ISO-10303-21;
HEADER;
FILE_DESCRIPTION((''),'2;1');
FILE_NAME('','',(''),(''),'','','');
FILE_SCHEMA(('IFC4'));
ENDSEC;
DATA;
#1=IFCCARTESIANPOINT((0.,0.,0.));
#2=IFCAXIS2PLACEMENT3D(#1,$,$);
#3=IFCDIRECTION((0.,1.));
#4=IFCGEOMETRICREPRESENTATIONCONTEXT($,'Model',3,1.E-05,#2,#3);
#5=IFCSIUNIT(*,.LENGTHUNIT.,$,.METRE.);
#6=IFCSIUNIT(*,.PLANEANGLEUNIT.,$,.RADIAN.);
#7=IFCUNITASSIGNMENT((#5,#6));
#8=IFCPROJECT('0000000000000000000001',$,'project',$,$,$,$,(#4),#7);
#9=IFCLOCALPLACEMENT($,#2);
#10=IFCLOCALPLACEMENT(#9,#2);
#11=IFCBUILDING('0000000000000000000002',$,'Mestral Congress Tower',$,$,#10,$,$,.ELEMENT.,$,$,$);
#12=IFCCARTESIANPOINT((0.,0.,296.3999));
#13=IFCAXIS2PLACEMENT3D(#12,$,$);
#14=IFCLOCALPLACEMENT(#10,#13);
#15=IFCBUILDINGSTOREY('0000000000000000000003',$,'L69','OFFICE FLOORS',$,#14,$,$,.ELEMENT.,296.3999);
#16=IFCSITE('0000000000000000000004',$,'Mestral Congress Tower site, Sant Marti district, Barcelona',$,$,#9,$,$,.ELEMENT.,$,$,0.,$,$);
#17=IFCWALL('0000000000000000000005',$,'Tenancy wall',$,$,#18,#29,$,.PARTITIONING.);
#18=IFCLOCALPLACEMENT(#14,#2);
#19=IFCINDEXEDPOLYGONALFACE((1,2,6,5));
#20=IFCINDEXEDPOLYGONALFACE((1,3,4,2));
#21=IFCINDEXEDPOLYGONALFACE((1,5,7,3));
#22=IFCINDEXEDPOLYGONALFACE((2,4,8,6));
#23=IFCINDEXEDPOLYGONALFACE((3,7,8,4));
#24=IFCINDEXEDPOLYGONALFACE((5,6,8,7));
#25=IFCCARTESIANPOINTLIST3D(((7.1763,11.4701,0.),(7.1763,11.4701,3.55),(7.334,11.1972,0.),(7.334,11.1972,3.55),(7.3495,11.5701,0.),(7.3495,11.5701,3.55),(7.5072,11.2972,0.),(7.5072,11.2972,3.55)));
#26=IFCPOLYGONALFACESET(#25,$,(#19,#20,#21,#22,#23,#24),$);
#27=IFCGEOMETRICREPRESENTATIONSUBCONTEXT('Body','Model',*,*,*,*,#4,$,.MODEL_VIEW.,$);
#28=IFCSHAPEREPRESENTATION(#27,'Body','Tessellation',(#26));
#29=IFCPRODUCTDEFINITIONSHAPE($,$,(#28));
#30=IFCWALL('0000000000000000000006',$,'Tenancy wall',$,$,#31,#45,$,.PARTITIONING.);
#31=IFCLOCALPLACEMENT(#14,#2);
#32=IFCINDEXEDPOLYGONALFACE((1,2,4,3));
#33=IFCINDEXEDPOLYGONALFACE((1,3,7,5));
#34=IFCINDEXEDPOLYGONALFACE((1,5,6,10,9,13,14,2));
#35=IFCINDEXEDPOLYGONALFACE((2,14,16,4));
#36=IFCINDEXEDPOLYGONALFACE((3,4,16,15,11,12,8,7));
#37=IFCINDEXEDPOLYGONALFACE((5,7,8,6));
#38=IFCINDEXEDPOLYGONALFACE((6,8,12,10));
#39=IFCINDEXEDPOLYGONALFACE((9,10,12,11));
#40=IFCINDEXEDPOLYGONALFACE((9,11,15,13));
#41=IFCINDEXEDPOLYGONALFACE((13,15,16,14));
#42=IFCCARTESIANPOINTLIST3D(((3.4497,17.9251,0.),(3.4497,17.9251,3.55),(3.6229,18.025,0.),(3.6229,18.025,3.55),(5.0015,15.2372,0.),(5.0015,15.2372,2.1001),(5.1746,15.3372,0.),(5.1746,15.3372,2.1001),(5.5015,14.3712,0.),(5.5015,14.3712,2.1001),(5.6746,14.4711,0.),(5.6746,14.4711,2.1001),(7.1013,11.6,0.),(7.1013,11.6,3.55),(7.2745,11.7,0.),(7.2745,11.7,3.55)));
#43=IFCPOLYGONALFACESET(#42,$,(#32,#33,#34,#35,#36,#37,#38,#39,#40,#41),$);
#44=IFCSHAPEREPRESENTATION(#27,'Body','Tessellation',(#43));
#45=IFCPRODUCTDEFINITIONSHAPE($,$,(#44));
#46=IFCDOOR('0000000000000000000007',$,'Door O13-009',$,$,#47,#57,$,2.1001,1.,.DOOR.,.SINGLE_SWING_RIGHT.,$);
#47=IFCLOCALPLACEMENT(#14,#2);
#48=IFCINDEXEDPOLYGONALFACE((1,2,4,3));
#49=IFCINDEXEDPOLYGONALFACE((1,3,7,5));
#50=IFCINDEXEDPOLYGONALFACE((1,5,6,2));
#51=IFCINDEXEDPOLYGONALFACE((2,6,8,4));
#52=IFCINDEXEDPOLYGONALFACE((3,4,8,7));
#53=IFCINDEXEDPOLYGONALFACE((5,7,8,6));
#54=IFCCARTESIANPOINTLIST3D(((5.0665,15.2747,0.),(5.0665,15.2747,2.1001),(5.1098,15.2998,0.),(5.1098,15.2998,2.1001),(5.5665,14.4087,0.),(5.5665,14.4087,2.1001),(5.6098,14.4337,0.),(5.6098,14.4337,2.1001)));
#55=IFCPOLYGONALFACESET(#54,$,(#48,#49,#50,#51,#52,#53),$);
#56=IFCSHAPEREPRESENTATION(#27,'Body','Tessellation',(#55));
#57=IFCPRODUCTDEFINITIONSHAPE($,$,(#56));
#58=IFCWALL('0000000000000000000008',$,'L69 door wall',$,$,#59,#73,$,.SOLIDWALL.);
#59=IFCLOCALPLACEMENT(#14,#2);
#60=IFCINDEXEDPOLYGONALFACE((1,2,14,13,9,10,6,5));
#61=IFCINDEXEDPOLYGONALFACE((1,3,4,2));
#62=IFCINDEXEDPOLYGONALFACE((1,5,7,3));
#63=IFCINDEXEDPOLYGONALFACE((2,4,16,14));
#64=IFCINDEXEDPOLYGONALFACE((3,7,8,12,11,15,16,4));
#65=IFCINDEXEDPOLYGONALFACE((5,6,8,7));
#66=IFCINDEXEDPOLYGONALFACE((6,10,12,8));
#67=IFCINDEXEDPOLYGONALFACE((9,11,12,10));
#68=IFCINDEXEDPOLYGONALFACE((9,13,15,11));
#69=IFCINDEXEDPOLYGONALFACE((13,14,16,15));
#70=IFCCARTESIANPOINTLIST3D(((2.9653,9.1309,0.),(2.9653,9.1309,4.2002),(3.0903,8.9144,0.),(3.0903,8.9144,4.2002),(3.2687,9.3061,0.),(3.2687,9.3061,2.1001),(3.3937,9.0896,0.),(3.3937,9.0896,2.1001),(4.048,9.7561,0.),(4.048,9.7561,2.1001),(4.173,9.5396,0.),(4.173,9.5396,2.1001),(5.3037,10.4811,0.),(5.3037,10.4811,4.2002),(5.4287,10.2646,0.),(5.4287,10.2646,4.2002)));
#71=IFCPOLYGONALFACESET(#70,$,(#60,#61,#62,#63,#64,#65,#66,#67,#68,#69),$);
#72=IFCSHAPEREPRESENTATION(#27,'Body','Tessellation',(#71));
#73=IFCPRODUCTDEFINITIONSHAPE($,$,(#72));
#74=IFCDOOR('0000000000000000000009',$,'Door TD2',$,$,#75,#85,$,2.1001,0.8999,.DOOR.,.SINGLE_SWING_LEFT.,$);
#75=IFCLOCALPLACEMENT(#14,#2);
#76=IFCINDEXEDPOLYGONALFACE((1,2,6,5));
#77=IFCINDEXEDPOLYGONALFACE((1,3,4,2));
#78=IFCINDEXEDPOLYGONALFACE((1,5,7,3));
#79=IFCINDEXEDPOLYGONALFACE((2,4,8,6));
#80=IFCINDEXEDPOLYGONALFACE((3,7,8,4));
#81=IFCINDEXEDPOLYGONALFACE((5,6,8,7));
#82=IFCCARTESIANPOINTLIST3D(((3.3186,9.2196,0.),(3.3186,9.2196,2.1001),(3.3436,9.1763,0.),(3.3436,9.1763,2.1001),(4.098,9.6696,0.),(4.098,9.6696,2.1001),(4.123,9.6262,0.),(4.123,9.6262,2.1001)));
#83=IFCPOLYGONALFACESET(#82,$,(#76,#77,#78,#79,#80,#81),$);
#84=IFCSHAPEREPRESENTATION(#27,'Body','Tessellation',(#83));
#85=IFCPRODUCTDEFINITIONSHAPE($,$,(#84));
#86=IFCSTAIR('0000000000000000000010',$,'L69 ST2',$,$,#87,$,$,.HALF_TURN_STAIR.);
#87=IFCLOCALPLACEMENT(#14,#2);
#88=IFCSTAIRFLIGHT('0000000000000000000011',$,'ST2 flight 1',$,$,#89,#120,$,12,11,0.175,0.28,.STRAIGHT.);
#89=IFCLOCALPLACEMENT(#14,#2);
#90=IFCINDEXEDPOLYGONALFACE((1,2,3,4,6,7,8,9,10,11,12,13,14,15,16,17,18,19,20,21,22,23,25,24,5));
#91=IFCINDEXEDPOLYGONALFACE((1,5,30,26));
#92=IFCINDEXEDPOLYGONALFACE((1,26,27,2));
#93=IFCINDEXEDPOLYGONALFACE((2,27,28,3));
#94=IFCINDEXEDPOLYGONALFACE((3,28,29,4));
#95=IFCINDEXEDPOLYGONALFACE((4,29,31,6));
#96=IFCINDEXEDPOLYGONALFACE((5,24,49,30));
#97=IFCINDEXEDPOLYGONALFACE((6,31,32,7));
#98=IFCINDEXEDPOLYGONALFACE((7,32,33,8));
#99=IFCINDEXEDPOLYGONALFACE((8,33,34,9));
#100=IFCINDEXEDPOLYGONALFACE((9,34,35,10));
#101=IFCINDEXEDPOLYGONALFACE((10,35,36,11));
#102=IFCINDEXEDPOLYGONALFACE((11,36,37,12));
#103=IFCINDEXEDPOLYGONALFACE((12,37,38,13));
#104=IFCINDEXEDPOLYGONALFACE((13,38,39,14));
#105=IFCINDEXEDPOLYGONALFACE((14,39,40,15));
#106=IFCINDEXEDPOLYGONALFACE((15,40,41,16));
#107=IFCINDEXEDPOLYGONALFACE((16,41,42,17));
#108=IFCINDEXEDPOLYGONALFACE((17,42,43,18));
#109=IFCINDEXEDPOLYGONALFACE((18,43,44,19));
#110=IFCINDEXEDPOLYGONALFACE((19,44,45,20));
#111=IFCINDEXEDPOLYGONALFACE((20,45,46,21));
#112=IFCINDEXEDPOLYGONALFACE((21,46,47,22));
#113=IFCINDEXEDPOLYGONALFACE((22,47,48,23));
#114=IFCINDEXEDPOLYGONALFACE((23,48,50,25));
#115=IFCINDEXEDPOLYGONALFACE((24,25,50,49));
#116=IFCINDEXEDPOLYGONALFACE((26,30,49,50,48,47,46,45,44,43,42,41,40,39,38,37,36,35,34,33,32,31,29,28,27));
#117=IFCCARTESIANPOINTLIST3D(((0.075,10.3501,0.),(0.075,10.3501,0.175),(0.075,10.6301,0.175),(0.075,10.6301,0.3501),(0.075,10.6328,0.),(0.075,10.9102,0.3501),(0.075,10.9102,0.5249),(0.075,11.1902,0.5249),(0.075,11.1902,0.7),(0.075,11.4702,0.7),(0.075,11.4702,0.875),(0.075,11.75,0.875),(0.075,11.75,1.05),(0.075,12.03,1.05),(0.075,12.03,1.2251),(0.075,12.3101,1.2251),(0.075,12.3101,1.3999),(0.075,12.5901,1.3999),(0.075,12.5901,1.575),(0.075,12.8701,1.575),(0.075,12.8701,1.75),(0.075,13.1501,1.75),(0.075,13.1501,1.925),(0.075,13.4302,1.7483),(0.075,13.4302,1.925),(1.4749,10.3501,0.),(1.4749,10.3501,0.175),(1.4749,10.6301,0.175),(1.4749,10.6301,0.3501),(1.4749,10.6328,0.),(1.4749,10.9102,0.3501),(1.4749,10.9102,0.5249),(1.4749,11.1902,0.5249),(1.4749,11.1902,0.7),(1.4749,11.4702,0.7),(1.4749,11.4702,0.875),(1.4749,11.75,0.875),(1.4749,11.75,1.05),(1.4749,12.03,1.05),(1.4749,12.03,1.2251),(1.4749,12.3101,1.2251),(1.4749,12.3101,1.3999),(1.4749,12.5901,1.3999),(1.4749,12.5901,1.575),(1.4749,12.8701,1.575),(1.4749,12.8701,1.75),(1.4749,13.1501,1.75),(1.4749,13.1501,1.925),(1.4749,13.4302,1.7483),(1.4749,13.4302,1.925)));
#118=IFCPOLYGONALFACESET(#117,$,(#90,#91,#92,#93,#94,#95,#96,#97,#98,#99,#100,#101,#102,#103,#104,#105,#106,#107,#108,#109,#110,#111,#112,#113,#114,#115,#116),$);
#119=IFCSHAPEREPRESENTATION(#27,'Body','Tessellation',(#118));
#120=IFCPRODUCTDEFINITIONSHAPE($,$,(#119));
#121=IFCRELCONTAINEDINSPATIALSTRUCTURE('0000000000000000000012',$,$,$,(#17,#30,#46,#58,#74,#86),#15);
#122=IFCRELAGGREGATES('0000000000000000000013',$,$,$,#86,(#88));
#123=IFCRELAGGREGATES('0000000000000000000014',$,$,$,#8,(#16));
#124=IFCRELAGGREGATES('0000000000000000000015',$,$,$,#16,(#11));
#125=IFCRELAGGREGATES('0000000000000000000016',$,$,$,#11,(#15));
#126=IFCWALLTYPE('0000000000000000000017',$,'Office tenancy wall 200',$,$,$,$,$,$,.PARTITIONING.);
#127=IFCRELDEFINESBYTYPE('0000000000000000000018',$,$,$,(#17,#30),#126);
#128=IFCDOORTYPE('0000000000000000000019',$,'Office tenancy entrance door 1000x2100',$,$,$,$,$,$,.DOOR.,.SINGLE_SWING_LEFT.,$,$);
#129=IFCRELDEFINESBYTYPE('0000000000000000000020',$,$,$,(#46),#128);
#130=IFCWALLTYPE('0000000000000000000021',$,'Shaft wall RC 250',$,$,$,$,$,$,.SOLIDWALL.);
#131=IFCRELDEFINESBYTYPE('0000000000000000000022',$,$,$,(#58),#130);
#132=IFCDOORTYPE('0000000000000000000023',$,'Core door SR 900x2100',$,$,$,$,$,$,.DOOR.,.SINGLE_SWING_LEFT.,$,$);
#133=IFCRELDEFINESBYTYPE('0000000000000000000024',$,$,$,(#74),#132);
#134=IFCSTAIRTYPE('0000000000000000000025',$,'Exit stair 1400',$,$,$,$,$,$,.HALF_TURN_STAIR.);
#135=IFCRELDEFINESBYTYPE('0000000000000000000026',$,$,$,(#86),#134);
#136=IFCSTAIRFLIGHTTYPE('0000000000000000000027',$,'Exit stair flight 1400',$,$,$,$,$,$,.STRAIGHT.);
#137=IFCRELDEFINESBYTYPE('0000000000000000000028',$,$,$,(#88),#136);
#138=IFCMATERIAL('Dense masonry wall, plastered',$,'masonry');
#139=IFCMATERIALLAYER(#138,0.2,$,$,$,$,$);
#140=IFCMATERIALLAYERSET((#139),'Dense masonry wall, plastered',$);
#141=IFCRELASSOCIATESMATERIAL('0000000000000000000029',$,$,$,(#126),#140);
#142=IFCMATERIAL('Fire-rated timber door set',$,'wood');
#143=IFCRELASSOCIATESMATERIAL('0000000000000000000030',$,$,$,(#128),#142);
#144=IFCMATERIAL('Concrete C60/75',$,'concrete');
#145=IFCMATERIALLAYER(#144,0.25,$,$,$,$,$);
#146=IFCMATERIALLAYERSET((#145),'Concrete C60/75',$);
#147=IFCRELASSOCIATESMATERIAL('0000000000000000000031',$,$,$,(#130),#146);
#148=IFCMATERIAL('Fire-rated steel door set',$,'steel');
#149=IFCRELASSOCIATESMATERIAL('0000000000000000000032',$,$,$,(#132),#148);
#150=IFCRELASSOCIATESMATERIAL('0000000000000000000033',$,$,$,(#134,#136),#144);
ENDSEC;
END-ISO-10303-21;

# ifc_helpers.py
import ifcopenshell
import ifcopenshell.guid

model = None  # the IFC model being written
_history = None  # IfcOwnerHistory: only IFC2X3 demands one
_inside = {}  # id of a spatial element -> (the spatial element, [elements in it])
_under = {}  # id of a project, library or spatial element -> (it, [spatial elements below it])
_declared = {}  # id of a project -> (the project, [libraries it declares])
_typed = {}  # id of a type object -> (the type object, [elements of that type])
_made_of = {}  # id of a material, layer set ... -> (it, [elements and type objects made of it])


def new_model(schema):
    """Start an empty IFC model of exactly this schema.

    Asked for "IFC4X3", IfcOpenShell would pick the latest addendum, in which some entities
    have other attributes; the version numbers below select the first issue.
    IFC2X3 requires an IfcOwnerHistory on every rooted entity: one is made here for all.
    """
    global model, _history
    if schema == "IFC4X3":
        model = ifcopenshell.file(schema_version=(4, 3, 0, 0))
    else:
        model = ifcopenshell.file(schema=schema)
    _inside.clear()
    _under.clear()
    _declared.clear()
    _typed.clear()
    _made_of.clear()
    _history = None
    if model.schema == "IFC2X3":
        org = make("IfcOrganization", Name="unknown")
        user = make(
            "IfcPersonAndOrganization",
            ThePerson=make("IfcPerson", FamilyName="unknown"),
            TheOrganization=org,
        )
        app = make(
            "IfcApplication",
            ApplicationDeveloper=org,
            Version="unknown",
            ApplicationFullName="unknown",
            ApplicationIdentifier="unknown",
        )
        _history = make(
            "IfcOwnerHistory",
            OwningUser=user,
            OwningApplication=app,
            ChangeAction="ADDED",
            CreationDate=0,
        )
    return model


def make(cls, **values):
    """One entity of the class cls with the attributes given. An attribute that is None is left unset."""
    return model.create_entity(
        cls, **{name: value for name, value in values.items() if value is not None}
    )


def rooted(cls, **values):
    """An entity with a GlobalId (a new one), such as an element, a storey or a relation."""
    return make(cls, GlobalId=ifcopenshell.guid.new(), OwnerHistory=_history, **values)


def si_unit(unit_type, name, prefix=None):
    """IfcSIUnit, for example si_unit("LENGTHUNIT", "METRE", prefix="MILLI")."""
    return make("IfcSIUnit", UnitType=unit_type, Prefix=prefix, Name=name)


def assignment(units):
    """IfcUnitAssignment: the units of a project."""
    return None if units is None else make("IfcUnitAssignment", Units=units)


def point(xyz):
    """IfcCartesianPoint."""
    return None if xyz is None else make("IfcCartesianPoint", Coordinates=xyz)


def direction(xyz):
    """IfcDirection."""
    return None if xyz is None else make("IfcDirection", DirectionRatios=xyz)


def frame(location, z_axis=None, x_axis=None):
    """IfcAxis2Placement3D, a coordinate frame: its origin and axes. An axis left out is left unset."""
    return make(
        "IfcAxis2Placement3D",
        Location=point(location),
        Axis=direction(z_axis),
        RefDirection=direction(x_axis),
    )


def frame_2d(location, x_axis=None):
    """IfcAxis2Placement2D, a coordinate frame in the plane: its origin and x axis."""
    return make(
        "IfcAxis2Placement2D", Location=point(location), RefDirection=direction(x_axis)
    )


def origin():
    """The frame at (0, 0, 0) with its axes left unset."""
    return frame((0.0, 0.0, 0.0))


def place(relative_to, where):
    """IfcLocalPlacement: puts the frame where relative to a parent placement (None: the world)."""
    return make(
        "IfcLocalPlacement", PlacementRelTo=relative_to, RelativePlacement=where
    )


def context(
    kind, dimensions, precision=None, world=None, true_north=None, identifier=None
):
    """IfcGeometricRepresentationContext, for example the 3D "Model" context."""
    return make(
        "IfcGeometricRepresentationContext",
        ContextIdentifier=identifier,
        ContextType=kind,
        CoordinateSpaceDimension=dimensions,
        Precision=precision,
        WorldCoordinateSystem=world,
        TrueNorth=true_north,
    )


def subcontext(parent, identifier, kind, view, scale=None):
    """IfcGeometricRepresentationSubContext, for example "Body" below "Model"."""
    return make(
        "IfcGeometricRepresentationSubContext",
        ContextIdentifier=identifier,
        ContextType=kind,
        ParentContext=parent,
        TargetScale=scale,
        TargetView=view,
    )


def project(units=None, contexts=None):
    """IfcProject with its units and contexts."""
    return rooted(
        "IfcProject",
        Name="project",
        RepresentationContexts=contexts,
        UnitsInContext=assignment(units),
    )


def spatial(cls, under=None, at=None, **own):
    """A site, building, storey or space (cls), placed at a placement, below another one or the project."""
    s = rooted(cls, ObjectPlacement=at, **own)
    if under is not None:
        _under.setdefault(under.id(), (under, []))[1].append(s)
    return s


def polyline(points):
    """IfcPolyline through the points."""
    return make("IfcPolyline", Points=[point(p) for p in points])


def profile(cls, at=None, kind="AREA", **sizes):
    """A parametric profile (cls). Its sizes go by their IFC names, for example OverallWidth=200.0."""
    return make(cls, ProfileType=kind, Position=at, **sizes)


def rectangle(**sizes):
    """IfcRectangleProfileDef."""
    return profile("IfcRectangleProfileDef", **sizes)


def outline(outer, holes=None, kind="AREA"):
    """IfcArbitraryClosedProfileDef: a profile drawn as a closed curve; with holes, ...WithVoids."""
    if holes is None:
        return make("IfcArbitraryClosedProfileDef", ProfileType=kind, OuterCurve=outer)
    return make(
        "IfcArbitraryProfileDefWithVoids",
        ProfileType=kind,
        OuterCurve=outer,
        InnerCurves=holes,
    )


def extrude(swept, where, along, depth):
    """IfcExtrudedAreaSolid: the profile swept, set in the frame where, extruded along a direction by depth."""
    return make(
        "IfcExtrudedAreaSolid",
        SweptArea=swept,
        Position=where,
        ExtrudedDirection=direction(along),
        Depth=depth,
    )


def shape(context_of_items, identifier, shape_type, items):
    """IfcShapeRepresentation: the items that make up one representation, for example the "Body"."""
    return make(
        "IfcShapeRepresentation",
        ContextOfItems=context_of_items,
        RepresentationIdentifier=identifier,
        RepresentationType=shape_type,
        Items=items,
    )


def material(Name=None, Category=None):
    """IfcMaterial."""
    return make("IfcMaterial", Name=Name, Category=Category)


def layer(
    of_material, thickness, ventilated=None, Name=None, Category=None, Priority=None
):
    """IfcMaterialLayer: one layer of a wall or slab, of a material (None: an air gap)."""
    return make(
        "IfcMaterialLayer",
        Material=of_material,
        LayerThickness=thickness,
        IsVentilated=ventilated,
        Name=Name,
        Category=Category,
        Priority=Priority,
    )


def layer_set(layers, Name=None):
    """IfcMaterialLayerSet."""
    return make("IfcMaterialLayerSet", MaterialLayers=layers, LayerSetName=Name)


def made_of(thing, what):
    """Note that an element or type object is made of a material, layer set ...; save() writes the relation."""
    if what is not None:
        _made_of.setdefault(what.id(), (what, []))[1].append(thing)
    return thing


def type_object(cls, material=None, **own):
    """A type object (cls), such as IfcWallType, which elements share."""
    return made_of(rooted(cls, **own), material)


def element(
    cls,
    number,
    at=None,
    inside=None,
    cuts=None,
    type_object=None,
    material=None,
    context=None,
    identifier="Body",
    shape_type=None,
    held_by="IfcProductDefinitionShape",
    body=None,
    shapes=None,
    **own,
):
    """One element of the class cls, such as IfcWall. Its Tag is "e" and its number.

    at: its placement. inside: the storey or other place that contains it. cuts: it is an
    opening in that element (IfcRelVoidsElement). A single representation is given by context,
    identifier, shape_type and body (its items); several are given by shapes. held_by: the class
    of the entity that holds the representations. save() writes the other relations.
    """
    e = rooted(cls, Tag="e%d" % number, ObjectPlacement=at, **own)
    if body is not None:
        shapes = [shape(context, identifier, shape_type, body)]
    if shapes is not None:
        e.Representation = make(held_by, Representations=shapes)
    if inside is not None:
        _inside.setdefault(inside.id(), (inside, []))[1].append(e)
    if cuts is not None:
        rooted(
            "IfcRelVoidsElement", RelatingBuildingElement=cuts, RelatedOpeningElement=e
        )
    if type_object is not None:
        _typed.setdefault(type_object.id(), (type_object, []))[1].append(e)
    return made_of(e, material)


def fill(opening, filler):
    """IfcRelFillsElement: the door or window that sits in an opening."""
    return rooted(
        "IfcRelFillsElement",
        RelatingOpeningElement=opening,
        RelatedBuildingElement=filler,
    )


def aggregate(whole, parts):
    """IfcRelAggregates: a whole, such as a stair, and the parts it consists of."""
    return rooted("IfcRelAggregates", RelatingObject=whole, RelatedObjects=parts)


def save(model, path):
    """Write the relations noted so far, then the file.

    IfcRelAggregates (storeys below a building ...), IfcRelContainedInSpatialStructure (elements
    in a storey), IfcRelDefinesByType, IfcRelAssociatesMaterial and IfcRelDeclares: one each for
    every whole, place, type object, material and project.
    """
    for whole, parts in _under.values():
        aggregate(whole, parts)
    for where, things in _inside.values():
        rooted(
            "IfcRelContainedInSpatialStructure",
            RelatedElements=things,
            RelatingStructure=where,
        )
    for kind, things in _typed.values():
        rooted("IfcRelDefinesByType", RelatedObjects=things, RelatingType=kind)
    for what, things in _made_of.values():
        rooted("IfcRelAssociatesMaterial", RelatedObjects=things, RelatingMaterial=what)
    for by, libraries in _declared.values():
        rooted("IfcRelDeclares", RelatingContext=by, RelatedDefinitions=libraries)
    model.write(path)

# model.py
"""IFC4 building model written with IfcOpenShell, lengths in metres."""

from ifc_helpers import new_model, si_unit, direction, frame, frame_2d, origin, place, context, subcontext, project, spatial, polyline, rectangle, outline, extrude, material, layer, layer_set, type_object, element, fill, aggregate, save


model = new_model("IFC4")

# Units and contexts
model_context = context("Model", 3, precision=1e-05, world=origin(), true_north=direction((0.0, 1.0)))
body_context = subcontext(model_context, "Body", "Model", "MODEL_VIEW")
ifc_project = project(units=[si_unit("LENGTHUNIT", "METRE"), si_unit("PLANEANGLEUNIT", "RADIAN")], contexts=[model_context])

# Site, building, storey
site_placement = place(None, origin())
site = spatial("IfcSite", under=ifc_project, at=site_placement, Name="Mestral Congress Tower site, Sant Marti district, Barcelona", CompositionType="ELEMENT", RefElevation=0.0)
building_placement = place(site_placement, origin())
building = spatial("IfcBuilding", under=site, at=building_placement, Name="Mestral Congress Tower", CompositionType="ELEMENT")
storey_placement = place(building_placement, frame((0.0, 0.0, 296.3999)))
storey = spatial("IfcBuildingStorey", under=building, at=storey_placement, Name="L69", Description="OFFICE FLOORS", CompositionType="ELEMENT", Elevation=296.3999)

# Shared definitions
ifc_material_1 = material(Name="Concrete C60/75", Category="concrete")

# Wall
ifc_material_2 = material(Name="Dense masonry wall, plastered", Category="masonry")
ifc_layer_1 = layer(ifc_material_2, 0.2)
ifc_layer_set_1 = layer_set([ifc_layer_1], Name="Dense masonry wall, plastered")
wall_type_1 = type_object("IfcWallType", Name="Office tenancy wall 200", PredefinedType="PARTITIONING", material=ifc_layer_set_1)
wall_1_placement = place(storey_placement, frame((7.4207, 11.2471, 0.0), z_axis=(0.0, 0.0, 1.0), x_axis=(-0.500303, 0.86585, 0.0)))
element("IfcWall", 1, at=wall_1_placement, inside=storey, type_object=wall_type_1, Name="Tenancy wall", PredefinedType="PARTITIONING", context=body_context, shape_type="SweptSolid", body=[
    extrude(rectangle(XDim=0.3152, YDim=0.2, at=frame_2d((0.1577, 0.0))), origin(), (0.0, 0.0, 1.0), 3.55),
])

# Walls, openings, doors
wall_2_placement = place(storey_placement, frame((7.188, 11.6499, 0.0), z_axis=(0.0, 0.0, 1.0), x_axis=(-0.49999, 0.866031, 0.0)))
wall_2 = element("IfcWall", 2, at=wall_2_placement, inside=storey, type_object=wall_type_1, Name="Tenancy wall", PredefinedType="PARTITIONING", context=body_context, shape_type="SweptSolid", body=[
    extrude(rectangle(XDim=7.3035, YDim=0.2, at=frame_2d((3.6519, 0.0))), origin(), (0.0, 0.0, 1.0), 3.55),
])
opening_1_placement = place(wall_2_placement, frame((3.2, 0.0, 0.0)))
opening_1 = element("IfcOpeningElement", 3, at=opening_1_placement, cuts=wall_2, PredefinedType="OPENING", context=body_context, shape_type="SweptSolid", body=[
    extrude(rectangle(XDim=1.0, YDim=2.1001, at=frame_2d((0.5, 1.05))), frame((0.0, 0.1099, 0.0), z_axis=(0.0, -1.0, 0.0), x_axis=(1.0, 0.0, 0.0)), (0.0, 0.0, 1.0), 0.22),
])
ifc_material_3 = material(Name="Fire-rated timber door set", Category="wood")
door_type_1 = type_object("IfcDoorType", Name="Office tenancy entrance door 1000x2100", OperationType="SINGLE_SWING_LEFT", PredefinedType="DOOR", material=ifc_material_3)
door_1_placement = place(opening_1_placement, origin())
door_1 = element("IfcDoor", 4, at=door_1_placement, inside=storey, type_object=door_type_1, Name="Door O13-009", OperationType="SINGLE_SWING_RIGHT", OverallHeight=2.1001, OverallWidth=1.0, PredefinedType="DOOR", context=body_context, shape_type="SweptSolid", body=[
    extrude(rectangle(XDim=1.0, YDim=2.1001, at=frame_2d((0.5, 1.05))), frame((0.0, 0.0249, 0.0), z_axis=(0.0, -1.0, 0.0), x_axis=(1.0, 0.0, 0.0)), (0.0, 0.0, 1.0), 0.05),
])
fill(opening_1, door_1)
ifc_layer_2 = layer(ifc_material_1, 0.25)
ifc_layer_set_2 = layer_set([ifc_layer_2], Name="Concrete C60/75")
wall_type_2 = type_object("IfcWallType", Name="Shaft wall RC 250", PredefinedType="SOLIDWALL", material=ifc_layer_set_2)
wall_3_placement = place(storey_placement, frame((5.3662, 10.3728, 0.0), z_axis=(0.0, 0.0, 1.0), x_axis=(-0.86602, -0.500009, 0.0)))
wall_3 = element("IfcWall", 5, at=wall_3_placement, inside=storey, type_object=wall_type_2, Name="L69 door wall", PredefinedType="SOLIDWALL", context=body_context, shape_type="SweptSolid", body=[
    extrude(rectangle(XDim=2.7002, YDim=0.25, at=frame_2d((1.3501, 0.0))), origin(), (0.0, 0.0, 1.0), 4.2002),
])
opening_2_placement = place(wall_3_placement, frame((1.45, 0.0, 0.0)))
opening_2 = element("IfcOpeningElement", 6, at=opening_2_placement, cuts=wall_3, PredefinedType="OPENING", context=body_context, shape_type="SweptSolid", body=[
    extrude(rectangle(XDim=0.8999, YDim=2.1001, at=frame_2d((0.45, 1.05))), frame((0.0, 0.135, 0.0), z_axis=(0.0, -1.0, 0.0), x_axis=(1.0, 0.0, 0.0)), (0.0, 0.0, 1.0), 0.27),
])
ifc_material_4 = material(Name="Fire-rated steel door set", Category="steel")
door_type_2 = type_object("IfcDoorType", Name="Core door SR 900x2100", OperationType="SINGLE_SWING_LEFT", PredefinedType="DOOR", material=ifc_material_4)
door_2_placement = place(opening_2_placement, origin())
door_2 = element("IfcDoor", 7, at=door_2_placement, inside=storey, type_object=door_type_2, Name="Door TD2", OperationType="SINGLE_SWING_LEFT", OverallHeight=2.1001, OverallWidth=0.8999, PredefinedType="DOOR", context=body_context, shape_type="SweptSolid", body=[
    extrude(rectangle(XDim=0.8999, YDim=2.1001, at=frame_2d((0.45, 1.05))), frame((0.0, 0.0249, 0.0), z_axis=(0.0, -1.0, 0.0), x_axis=(1.0, 0.0, 0.0)), (0.0, 0.0, 1.0), 0.05),
])
fill(opening_2, door_2)

# Stair, stair flight
stair_type = type_object("IfcStairType", Name="Exit stair 1400", PredefinedType="HALF_TURN_STAIR", material=ifc_material_1)
stair_placement = place(storey_placement, origin())
stair = element("IfcStair", 8, at=stair_placement, inside=storey, type_object=stair_type, Name="L69 ST2", PredefinedType="HALF_TURN_STAIR")
stair_flight_type = type_object("IfcStairFlightType", Name="Exit stair flight 1400", PredefinedType="STRAIGHT", material=ifc_material_1)
stair_flight_placement = place(storey_placement, frame((0.7749, 10.3501, 0.0), z_axis=(0.0, 0.0, 1.0), x_axis=(0.0, 1.0, 0.0)))
stair_flight = element("IfcStairFlight", 9, at=stair_flight_placement, type_object=stair_flight_type, Name="ST2 flight 1", NumberOfRisers=12, NumberOfTreads=11, PredefinedType="STRAIGHT", RiserHeight=0.175, TreadLength=0.28, context=body_context, shape_type="SweptSolid", body=[
    extrude(outline(polyline([(0.0, 0.0), (0.0, 0.175), (0.28, 0.175), (0.28, 0.3501), (0.5601, 0.3501), (0.5601, 0.5249), (0.8401, 0.5249), (0.8401, 0.7), (1.1201, 0.7), (1.1201, 0.875), (1.3999, 0.875), (1.3999, 1.05), (1.6799, 1.05), (1.6799, 1.2251), (1.96, 1.2251), (1.96, 1.3999), (2.24, 1.3999), (2.24, 1.575), (2.52, 1.575), (2.52, 1.75), (2.8, 1.75), (2.8, 1.925), (3.0801, 1.925), (3.0801, 2.1001), (3.0801, 1.7483), (0.2827, 0.0), (0.0, 0.0)])), frame((0.0, 0.7, 0.0), z_axis=(0.0, -1.0, 0.0), x_axis=(1.0, 0.0, 0.0)), (0.0, 0.0, 1.0), 1.3999),
])
aggregate(stair, [stair_flight])

save(model, "model.ifc")
